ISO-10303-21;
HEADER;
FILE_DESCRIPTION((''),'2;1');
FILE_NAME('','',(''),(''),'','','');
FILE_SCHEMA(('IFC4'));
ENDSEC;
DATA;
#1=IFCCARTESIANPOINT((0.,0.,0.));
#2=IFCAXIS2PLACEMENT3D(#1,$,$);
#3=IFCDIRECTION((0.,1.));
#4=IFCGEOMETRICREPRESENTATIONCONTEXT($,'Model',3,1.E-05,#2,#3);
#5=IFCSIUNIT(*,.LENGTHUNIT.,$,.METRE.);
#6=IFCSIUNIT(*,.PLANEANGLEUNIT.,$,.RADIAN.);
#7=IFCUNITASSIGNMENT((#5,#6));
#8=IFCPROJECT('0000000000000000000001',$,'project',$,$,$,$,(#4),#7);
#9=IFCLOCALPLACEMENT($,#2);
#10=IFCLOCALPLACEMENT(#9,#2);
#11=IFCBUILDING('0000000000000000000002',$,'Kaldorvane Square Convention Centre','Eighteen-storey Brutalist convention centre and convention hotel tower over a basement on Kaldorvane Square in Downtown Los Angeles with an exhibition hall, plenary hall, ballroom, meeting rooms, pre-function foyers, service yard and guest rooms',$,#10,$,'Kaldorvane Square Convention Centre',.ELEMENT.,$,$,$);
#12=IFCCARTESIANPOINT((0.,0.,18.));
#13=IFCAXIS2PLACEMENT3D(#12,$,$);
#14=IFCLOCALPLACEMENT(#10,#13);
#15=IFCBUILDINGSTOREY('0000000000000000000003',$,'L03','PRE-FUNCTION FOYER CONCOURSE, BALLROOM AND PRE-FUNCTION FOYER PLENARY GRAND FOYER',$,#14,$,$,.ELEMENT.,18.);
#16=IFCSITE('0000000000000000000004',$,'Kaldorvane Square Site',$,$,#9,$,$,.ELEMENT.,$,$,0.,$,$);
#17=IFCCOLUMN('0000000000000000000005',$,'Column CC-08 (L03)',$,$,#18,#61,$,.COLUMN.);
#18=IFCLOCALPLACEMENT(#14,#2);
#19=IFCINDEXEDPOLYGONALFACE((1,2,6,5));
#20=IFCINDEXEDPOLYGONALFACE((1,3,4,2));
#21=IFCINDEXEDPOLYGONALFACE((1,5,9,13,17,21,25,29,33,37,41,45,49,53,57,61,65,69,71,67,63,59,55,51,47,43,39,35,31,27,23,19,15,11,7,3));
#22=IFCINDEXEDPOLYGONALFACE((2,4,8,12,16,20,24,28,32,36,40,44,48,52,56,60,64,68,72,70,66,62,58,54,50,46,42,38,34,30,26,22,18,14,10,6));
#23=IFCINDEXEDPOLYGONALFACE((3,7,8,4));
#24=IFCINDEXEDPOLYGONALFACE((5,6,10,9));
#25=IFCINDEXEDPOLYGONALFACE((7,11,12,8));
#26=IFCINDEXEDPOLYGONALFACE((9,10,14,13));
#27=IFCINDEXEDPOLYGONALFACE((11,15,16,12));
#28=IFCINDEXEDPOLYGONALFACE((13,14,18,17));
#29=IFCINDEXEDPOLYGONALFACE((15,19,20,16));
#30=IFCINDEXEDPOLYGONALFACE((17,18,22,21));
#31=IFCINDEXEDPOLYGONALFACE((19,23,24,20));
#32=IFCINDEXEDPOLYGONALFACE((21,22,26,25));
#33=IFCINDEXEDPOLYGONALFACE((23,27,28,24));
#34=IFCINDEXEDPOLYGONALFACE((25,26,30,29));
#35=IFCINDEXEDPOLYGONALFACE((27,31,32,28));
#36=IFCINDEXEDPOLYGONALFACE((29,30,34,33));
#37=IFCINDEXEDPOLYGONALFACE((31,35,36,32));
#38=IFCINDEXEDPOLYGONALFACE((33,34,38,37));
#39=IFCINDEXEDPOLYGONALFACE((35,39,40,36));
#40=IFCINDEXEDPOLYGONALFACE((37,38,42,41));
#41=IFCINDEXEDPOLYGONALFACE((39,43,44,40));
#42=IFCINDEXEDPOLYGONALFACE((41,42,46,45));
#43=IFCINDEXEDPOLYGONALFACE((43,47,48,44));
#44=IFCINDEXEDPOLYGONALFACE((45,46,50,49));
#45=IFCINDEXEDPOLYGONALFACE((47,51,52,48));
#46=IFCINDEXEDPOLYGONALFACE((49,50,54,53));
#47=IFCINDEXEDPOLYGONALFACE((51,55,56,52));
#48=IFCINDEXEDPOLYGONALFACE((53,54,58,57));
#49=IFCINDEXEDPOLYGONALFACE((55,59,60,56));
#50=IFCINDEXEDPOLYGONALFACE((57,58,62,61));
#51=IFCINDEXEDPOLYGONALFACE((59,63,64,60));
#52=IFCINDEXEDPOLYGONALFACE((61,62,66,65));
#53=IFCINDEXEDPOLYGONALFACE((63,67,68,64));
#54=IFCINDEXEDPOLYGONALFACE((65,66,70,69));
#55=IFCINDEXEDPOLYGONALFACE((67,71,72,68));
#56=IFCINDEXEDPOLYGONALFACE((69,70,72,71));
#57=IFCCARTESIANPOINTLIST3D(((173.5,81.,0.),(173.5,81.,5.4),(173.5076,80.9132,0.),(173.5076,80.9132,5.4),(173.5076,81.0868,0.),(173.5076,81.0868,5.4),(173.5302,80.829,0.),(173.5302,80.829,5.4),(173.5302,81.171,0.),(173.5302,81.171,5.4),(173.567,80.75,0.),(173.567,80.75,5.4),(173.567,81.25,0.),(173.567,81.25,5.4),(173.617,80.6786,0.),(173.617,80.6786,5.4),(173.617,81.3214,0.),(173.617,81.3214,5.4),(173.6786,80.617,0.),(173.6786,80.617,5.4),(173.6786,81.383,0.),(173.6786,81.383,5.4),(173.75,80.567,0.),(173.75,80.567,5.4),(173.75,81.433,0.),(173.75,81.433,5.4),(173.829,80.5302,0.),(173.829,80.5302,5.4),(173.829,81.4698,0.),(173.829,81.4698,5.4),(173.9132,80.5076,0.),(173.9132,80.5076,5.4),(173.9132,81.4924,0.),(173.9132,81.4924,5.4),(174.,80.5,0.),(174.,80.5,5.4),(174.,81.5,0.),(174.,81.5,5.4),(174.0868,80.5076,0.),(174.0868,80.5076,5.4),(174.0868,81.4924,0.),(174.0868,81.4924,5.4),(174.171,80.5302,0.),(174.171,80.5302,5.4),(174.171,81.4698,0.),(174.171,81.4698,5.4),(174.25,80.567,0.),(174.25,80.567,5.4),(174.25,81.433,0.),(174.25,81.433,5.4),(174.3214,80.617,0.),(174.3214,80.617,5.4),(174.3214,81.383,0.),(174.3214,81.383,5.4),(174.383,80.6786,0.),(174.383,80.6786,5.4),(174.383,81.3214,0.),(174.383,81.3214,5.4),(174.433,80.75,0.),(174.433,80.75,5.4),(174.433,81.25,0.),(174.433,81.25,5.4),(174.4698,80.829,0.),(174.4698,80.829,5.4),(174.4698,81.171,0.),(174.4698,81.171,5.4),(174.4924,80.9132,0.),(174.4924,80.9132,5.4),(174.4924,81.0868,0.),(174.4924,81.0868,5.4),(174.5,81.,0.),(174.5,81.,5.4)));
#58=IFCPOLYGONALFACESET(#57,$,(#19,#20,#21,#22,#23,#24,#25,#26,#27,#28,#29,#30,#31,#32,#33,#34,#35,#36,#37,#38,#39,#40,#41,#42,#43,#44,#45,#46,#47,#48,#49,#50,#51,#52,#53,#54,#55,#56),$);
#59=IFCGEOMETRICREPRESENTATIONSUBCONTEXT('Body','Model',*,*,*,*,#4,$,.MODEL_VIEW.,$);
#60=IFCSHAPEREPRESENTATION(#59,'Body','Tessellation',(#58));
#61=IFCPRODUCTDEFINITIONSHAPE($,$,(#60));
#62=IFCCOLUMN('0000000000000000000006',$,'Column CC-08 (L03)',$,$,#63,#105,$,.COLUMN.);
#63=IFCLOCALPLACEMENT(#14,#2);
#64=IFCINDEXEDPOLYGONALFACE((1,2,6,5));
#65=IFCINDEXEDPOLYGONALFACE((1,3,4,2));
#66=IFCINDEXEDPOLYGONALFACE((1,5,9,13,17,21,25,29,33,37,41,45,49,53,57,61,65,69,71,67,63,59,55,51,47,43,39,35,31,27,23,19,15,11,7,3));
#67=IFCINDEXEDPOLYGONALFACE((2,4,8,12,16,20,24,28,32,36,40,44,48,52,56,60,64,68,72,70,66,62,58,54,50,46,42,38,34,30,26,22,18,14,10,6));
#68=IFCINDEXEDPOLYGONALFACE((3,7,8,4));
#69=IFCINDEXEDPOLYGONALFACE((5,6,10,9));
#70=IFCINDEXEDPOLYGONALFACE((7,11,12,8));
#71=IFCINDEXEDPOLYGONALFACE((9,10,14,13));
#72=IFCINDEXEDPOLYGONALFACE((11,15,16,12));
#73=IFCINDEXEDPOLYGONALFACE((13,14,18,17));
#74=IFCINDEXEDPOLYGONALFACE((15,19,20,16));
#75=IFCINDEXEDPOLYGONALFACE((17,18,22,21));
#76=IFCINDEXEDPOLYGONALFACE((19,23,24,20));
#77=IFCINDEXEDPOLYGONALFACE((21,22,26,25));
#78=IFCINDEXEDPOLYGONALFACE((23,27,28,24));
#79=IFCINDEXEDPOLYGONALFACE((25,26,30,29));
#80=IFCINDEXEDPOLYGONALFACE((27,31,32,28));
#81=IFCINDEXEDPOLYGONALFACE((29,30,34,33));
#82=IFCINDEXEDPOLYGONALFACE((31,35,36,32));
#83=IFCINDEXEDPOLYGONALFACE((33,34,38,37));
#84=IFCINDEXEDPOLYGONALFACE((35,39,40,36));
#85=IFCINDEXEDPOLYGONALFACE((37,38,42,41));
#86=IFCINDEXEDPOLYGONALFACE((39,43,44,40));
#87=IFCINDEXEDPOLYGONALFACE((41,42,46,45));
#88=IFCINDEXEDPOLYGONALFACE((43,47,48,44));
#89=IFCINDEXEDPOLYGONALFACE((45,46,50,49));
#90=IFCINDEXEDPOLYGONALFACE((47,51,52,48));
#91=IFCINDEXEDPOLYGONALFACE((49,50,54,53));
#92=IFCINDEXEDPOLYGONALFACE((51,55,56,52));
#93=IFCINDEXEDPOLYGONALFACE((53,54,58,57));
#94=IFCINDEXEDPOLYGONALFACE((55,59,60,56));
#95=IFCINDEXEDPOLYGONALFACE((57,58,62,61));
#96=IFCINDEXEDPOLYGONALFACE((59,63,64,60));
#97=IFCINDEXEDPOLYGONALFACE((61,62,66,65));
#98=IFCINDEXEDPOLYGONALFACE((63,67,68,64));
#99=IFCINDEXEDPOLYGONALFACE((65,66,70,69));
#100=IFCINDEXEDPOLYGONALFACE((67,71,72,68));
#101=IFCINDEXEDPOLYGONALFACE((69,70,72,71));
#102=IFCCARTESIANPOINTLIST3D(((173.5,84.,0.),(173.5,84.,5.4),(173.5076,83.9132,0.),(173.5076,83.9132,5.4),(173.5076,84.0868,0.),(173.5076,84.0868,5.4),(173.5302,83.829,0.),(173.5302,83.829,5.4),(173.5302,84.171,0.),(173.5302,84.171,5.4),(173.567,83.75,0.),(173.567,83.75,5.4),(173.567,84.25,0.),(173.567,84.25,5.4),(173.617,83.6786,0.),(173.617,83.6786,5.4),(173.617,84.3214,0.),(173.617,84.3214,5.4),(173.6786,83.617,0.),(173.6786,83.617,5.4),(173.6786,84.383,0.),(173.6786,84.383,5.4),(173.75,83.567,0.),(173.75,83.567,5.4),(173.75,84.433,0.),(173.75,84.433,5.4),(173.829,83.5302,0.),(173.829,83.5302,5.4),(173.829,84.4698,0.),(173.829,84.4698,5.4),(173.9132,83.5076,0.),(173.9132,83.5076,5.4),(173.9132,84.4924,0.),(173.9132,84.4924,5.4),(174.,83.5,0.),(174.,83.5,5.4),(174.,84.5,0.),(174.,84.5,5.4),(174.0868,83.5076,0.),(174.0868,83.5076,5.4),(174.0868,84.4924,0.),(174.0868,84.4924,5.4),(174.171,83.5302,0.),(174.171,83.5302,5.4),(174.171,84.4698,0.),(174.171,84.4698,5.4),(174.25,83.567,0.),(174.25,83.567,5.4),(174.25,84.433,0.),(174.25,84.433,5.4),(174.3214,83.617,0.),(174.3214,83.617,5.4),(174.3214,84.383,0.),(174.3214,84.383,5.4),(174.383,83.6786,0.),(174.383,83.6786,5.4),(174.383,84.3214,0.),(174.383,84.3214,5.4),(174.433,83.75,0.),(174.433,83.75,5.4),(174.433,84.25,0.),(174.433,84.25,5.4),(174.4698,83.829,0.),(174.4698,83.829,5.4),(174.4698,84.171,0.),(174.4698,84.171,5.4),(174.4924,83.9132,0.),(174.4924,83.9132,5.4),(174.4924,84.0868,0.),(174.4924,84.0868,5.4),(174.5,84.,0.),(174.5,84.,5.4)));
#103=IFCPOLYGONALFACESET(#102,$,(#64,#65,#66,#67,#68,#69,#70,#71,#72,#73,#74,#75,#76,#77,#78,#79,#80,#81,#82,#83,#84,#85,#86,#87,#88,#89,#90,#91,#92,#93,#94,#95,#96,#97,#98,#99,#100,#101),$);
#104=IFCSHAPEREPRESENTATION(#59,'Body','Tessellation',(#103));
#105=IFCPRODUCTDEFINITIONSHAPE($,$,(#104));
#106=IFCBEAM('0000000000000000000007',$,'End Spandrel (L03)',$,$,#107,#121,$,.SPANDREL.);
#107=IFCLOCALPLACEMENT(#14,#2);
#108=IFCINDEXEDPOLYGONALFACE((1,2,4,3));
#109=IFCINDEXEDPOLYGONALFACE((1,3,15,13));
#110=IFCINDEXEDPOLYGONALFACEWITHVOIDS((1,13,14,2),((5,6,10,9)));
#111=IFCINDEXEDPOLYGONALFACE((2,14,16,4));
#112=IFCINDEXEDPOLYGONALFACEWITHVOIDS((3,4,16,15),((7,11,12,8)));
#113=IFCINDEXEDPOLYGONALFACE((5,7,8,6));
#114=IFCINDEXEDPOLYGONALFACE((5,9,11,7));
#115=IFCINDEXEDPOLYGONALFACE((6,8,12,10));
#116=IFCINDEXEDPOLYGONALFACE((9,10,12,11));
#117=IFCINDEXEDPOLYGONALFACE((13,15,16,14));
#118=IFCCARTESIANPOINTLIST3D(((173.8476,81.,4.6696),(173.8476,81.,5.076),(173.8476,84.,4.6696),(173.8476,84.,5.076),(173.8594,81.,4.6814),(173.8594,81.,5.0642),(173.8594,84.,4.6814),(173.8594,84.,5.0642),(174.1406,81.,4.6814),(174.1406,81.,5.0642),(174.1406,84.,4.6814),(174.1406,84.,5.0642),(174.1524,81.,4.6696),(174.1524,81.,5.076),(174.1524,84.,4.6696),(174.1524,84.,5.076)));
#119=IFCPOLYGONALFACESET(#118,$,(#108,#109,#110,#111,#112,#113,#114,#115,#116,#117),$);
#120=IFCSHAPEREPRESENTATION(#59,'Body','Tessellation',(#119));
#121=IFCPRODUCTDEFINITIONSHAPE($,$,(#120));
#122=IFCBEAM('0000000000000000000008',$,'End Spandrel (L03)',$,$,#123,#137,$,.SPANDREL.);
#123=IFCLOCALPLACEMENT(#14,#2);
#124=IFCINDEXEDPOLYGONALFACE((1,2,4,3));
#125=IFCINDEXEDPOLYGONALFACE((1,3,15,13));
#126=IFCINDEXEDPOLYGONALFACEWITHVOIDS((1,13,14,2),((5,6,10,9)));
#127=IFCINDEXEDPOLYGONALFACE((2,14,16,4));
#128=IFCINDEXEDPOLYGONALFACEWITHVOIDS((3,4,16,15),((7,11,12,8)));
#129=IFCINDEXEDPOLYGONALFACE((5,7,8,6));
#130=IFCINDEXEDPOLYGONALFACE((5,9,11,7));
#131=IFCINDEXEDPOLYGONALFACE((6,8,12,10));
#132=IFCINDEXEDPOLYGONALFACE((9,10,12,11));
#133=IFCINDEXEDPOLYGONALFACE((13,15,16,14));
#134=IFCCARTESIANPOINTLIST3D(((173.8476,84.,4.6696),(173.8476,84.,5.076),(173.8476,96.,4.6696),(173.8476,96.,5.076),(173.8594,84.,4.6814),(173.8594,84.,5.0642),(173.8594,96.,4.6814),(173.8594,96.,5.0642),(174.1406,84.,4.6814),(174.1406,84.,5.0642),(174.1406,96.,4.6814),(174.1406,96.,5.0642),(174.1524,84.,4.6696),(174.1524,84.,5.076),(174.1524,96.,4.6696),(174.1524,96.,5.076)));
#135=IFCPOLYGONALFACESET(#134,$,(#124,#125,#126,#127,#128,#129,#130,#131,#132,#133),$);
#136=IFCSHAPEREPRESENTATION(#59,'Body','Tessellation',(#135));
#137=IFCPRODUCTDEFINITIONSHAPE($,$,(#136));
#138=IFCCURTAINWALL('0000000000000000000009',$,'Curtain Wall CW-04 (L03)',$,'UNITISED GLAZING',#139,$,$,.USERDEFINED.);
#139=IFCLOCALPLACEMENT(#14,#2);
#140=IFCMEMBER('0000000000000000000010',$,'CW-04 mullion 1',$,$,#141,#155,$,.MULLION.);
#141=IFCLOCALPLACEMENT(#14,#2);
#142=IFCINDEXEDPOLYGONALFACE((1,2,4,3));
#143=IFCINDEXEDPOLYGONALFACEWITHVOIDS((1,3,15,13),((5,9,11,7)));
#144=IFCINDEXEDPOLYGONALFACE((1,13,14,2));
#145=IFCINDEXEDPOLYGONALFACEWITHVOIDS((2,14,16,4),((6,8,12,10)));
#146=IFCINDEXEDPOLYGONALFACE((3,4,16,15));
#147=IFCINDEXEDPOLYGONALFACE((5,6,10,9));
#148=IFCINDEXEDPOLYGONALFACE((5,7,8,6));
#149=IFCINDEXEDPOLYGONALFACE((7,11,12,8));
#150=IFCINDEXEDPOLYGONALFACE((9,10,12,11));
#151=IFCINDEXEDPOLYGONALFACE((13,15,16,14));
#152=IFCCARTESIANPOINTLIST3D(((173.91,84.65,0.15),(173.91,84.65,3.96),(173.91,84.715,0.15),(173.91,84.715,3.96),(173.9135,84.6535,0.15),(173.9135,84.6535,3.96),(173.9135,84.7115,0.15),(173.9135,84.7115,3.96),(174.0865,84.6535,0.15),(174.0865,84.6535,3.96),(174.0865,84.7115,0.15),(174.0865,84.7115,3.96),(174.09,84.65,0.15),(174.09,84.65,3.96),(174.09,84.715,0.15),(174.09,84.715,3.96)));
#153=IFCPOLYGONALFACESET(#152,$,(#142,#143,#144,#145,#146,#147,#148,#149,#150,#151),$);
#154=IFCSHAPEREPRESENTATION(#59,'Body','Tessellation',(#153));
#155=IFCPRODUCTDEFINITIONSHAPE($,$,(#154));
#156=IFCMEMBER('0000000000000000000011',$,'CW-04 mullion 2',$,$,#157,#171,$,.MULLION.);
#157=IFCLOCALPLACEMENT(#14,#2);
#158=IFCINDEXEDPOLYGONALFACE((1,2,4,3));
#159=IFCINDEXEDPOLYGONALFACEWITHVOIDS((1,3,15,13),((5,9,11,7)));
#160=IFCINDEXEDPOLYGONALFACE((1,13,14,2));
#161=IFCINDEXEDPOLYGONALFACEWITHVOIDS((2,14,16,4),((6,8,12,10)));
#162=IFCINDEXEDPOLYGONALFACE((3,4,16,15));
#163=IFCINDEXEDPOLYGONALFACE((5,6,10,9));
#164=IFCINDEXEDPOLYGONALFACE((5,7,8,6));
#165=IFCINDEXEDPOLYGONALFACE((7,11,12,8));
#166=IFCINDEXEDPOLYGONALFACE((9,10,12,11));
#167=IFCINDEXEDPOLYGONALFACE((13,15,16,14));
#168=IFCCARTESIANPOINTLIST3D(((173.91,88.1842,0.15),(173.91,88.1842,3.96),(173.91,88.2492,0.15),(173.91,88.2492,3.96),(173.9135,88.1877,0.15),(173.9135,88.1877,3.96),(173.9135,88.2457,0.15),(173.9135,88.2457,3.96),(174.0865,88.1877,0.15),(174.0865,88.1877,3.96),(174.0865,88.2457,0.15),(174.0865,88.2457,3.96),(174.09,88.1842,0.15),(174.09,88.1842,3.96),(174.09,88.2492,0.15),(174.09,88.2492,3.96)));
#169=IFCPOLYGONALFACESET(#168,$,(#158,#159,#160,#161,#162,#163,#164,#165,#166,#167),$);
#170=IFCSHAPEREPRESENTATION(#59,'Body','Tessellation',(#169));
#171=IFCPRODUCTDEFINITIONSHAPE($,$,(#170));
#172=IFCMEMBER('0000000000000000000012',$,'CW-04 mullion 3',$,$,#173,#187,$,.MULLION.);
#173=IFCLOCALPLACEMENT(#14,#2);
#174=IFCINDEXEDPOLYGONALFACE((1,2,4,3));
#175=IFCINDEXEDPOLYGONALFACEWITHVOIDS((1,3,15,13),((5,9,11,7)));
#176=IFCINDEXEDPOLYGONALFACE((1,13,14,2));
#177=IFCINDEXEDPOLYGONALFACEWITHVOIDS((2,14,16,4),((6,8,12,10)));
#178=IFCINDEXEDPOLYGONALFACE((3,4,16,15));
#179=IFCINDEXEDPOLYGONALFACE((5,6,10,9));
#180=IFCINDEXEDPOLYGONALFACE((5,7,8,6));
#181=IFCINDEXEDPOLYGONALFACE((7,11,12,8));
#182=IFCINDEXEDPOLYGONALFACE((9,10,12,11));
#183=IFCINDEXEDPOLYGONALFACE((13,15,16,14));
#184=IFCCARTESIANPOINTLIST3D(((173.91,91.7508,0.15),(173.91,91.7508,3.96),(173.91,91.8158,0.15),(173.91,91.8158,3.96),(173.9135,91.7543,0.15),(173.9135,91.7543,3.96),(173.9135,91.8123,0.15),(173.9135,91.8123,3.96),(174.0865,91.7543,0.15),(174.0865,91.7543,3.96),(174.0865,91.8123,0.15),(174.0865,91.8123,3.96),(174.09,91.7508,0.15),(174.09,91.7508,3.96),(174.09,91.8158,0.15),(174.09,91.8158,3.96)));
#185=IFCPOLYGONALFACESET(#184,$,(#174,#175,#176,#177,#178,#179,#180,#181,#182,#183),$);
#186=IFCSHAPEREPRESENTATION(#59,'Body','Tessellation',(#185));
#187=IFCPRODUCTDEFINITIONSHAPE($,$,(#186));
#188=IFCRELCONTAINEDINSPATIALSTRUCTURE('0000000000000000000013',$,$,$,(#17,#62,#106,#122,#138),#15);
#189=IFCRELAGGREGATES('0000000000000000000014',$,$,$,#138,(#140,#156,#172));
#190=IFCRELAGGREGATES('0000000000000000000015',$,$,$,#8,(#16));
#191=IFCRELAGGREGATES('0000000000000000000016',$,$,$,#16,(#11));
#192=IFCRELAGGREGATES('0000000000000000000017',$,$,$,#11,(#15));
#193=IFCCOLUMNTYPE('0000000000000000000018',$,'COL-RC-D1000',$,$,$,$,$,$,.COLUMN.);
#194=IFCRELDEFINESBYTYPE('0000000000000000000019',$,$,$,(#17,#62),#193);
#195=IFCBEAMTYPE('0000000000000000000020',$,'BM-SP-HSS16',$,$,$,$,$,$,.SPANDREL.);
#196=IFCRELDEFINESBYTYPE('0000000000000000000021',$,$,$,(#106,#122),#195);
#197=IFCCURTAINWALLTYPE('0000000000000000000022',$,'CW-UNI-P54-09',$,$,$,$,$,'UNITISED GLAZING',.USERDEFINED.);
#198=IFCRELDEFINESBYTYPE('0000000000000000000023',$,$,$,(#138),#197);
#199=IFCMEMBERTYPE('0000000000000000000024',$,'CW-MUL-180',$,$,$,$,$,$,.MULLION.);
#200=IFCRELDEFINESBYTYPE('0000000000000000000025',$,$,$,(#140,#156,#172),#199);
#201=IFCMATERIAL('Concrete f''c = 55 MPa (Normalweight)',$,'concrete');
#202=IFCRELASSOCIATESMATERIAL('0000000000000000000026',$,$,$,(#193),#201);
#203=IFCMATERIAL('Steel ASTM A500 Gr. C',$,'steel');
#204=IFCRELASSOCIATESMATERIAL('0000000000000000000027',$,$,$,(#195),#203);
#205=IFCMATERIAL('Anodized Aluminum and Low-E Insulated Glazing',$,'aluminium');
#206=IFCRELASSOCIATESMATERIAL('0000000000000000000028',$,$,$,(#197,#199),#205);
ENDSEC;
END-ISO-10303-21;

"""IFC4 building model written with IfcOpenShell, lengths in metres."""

from ifc_helpers import new_model, si_unit, direction, frame, origin, origin_2d, place, context, subcontext, project, spatial, hollow_rectangle, circle, extrude, material, material_profile, profile_set, type_object, element, aggregate, save


model = new_model("IFC4")

# Units and contexts
model_context = context("Model", 3, precision=1e-05, world=origin(), true_north=direction((0.0, 1.0)))
body_context = subcontext(model_context, "Body", "Model", "MODEL_VIEW")
ifc_project = project(units=[si_unit("LENGTHUNIT", "METRE"), si_unit("PLANEANGLEUNIT", "RADIAN")], contexts=[model_context])

# Site, building, storey
site_placement = place(None, origin())
site = spatial("IfcSite", under=ifc_project, at=site_placement, Name="Kaldorvane Square Site", CompositionType="ELEMENT", RefElevation=0.0)
building_placement = place(site_placement, origin())
building = spatial("IfcBuilding", under=site, at=building_placement, Name="Kaldorvane Square Convention Centre", Description="Eighteen-storey Brutalist convention centre and convention hotel tower over a basement on Kaldorvane Square in Downtown Los Angeles with an exhibition hall, plenary hall, ballroom, meeting rooms, pre-function foyers, service yard and guest rooms", LongName="Kaldorvane Square Convention Centre", CompositionType="ELEMENT")
storey_placement = place(building_placement, frame((0.0, 0.0, 18.0)))
storey = spatial("IfcBuildingStorey", under=building, at=storey_placement, Name="L03", Description="PRE-FUNCTION FOYER CONCOURSE, BALLROOM AND PRE-FUNCTION FOYER PLENARY GRAND FOYER", CompositionType="ELEMENT", Elevation=18.0)

# Columns
ifc_material_1 = material(Name="Concrete f'c = 55 MPa (Normalweight)", Category="concrete")
ifc_material_profile_1 = material_profile(ifc_material_1, circle(Radius=0.5, at=origin_2d()), Name="RC-D1000")
ifc_profile_set_1 = profile_set([ifc_material_profile_1], Name="Concrete f'c = 55 MPa (Normalweight)")
column_type = type_object("IfcColumnType", Name="COL-RC-D1000", PredefinedType="COLUMN", material=ifc_profile_set_1)
for number, where, z_axis, x_axis, name in (
    (1, (174.0, 81.0, 0.0), (0.0, 0.0, 1.0), (1.0, 0.0, 0.0), "Column CC-08 (L03)"),
    (2, (174.0, 84.0, 0.0), (0.0, 0.0, 1.0), (1.0, 0.0, 0.0), "Column CC-08 (L03)"),
):
    element("IfcColumn", number, at=place(storey_placement, frame(where, z_axis=z_axis, x_axis=x_axis)), inside=storey, type_object=column_type, Name=name, PredefinedType="COLUMN", context=body_context, shape_type="SweptSolid", body=[
        extrude(circle(Radius=0.5, at=origin_2d()), origin(), (0.0, 0.0, 1.0), 5.4),
    ])

# Beams
ifc_material_2 = material(Name="Steel ASTM A500 Gr. C", Category="steel")
ifc_material_profile_2 = material_profile(ifc_material_2, hollow_rectangle(XDim=0.3048, YDim=0.4064, WallThickness=0.0118, at=origin_2d()), Name="HSS16X12X1/2")
ifc_profile_set_2 = profile_set([ifc_material_profile_2], Name="Steel ASTM A500 Gr. C")
beam_type = type_object("IfcBeamType", Name="BM-SP-HSS16", PredefinedType="SPANDREL", material=ifc_profile_set_2)
beam_1_placement = place(storey_placement, frame((174.0, 81.0, 4.8728), z_axis=(0.0, 1.0, 0.0), x_axis=(-1.0, 0.0, 0.0)))
element("IfcBeam", 3, at=beam_1_placement, inside=storey, type_object=beam_type, Name="End Spandrel (L03)", PredefinedType="SPANDREL", context=body_context, shape_type="SweptSolid", body=[
    extrude(hollow_rectangle(XDim=0.3048, YDim=0.4064, WallThickness=0.0118, at=origin_2d()), origin(), (0.0, 0.0, 1.0), 3.0),
])
beam_2_placement = place(storey_placement, frame((174.0, 84.0, 4.8728), z_axis=(0.0, 1.0, 0.0), x_axis=(-1.0, 0.0, 0.0)))
element("IfcBeam", 4, at=beam_2_placement, inside=storey, type_object=beam_type, Name="End Spandrel (L03)", PredefinedType="SPANDREL", context=body_context, shape_type="SweptSolid", body=[
    extrude(hollow_rectangle(XDim=0.3048, YDim=0.4064, WallThickness=0.0118, at=origin_2d()), origin(), (0.0, 0.0, 1.0), 12.0),
])

# Curtain wall, members
ifc_material_3 = material(Name="Anodized Aluminum and Low-E Insulated Glazing", Category="aluminium")
curtain_wall_type_1 = type_object("IfcCurtainWallType", Name="CW-UNI-P54-09", ElementType="UNITISED GLAZING", PredefinedType="USERDEFINED", material=ifc_material_3)
curtain_wall_1_placement = place(storey_placement, origin())
curtain_wall_1 = element("IfcCurtainWall", 5, at=curtain_wall_1_placement, inside=storey, type_object=curtain_wall_type_1, Name="Curtain Wall CW-04 (L03)", ObjectType="UNITISED GLAZING", PredefinedType="USERDEFINED")
ifc_material_profile_3 = material_profile(ifc_material_3, hollow_rectangle(XDim=0.065, YDim=0.18, WallThickness=0.0035, at=origin_2d()), Name="CWM-180X65")
ifc_profile_set_3 = profile_set([ifc_material_profile_3], Name="Anodized Aluminum and Low-E Insulated Glazing")
member_type_1 = type_object("IfcMemberType", Name="CW-MUL-180", PredefinedType="MULLION", material=ifc_profile_set_3)
member_1_placement = place(storey_placement, frame((174.0, 84.6825, 0.15), z_axis=(0.0, 0.0, 1.0), x_axis=(0.0, 1.0, 0.0)))
member_1 = element("IfcMember", 6, at=member_1_placement, type_object=member_type_1, Name="CW-04 mullion 1", PredefinedType="MULLION", context=body_context, shape_type="SweptSolid", body=[
    extrude(hollow_rectangle(XDim=0.065, YDim=0.18, WallThickness=0.0035, at=origin_2d()), origin(), (0.0, 0.0, 1.0), 3.81),
])
member_2_placement = place(storey_placement, frame((174.0, 88.2167, 0.15), z_axis=(0.0, 0.0, 1.0), x_axis=(0.0, 1.0, 0.0)))
member_2 = element("IfcMember", 7, at=member_2_placement, type_object=member_type_1, Name="CW-04 mullion 2", PredefinedType="MULLION", context=body_context, shape_type="SweptSolid", body=[
    extrude(hollow_rectangle(XDim=0.065, YDim=0.18, WallThickness=0.0035, at=origin_2d()), origin(), (0.0, 0.0, 1.0), 3.81),
])
member_3_placement = place(storey_placement, frame((174.0, 91.7833, 0.15), z_axis=(0.0, 0.0, 1.0), x_axis=(0.0, 1.0, 0.0)))
member_3 = element("IfcMember", 8, at=member_3_placement, type_object=member_type_1, Name="CW-04 mullion 3", PredefinedType="MULLION", context=body_context, shape_type="SweptSolid", body=[
    extrude(hollow_rectangle(XDim=0.065, YDim=0.18, WallThickness=0.0035, at=origin_2d()), origin(), (0.0, 0.0, 1.0), 3.81),
])

aggregate(curtain_wall_1, [member_1, member_2, member_3])

save(model, "model.ifc")
